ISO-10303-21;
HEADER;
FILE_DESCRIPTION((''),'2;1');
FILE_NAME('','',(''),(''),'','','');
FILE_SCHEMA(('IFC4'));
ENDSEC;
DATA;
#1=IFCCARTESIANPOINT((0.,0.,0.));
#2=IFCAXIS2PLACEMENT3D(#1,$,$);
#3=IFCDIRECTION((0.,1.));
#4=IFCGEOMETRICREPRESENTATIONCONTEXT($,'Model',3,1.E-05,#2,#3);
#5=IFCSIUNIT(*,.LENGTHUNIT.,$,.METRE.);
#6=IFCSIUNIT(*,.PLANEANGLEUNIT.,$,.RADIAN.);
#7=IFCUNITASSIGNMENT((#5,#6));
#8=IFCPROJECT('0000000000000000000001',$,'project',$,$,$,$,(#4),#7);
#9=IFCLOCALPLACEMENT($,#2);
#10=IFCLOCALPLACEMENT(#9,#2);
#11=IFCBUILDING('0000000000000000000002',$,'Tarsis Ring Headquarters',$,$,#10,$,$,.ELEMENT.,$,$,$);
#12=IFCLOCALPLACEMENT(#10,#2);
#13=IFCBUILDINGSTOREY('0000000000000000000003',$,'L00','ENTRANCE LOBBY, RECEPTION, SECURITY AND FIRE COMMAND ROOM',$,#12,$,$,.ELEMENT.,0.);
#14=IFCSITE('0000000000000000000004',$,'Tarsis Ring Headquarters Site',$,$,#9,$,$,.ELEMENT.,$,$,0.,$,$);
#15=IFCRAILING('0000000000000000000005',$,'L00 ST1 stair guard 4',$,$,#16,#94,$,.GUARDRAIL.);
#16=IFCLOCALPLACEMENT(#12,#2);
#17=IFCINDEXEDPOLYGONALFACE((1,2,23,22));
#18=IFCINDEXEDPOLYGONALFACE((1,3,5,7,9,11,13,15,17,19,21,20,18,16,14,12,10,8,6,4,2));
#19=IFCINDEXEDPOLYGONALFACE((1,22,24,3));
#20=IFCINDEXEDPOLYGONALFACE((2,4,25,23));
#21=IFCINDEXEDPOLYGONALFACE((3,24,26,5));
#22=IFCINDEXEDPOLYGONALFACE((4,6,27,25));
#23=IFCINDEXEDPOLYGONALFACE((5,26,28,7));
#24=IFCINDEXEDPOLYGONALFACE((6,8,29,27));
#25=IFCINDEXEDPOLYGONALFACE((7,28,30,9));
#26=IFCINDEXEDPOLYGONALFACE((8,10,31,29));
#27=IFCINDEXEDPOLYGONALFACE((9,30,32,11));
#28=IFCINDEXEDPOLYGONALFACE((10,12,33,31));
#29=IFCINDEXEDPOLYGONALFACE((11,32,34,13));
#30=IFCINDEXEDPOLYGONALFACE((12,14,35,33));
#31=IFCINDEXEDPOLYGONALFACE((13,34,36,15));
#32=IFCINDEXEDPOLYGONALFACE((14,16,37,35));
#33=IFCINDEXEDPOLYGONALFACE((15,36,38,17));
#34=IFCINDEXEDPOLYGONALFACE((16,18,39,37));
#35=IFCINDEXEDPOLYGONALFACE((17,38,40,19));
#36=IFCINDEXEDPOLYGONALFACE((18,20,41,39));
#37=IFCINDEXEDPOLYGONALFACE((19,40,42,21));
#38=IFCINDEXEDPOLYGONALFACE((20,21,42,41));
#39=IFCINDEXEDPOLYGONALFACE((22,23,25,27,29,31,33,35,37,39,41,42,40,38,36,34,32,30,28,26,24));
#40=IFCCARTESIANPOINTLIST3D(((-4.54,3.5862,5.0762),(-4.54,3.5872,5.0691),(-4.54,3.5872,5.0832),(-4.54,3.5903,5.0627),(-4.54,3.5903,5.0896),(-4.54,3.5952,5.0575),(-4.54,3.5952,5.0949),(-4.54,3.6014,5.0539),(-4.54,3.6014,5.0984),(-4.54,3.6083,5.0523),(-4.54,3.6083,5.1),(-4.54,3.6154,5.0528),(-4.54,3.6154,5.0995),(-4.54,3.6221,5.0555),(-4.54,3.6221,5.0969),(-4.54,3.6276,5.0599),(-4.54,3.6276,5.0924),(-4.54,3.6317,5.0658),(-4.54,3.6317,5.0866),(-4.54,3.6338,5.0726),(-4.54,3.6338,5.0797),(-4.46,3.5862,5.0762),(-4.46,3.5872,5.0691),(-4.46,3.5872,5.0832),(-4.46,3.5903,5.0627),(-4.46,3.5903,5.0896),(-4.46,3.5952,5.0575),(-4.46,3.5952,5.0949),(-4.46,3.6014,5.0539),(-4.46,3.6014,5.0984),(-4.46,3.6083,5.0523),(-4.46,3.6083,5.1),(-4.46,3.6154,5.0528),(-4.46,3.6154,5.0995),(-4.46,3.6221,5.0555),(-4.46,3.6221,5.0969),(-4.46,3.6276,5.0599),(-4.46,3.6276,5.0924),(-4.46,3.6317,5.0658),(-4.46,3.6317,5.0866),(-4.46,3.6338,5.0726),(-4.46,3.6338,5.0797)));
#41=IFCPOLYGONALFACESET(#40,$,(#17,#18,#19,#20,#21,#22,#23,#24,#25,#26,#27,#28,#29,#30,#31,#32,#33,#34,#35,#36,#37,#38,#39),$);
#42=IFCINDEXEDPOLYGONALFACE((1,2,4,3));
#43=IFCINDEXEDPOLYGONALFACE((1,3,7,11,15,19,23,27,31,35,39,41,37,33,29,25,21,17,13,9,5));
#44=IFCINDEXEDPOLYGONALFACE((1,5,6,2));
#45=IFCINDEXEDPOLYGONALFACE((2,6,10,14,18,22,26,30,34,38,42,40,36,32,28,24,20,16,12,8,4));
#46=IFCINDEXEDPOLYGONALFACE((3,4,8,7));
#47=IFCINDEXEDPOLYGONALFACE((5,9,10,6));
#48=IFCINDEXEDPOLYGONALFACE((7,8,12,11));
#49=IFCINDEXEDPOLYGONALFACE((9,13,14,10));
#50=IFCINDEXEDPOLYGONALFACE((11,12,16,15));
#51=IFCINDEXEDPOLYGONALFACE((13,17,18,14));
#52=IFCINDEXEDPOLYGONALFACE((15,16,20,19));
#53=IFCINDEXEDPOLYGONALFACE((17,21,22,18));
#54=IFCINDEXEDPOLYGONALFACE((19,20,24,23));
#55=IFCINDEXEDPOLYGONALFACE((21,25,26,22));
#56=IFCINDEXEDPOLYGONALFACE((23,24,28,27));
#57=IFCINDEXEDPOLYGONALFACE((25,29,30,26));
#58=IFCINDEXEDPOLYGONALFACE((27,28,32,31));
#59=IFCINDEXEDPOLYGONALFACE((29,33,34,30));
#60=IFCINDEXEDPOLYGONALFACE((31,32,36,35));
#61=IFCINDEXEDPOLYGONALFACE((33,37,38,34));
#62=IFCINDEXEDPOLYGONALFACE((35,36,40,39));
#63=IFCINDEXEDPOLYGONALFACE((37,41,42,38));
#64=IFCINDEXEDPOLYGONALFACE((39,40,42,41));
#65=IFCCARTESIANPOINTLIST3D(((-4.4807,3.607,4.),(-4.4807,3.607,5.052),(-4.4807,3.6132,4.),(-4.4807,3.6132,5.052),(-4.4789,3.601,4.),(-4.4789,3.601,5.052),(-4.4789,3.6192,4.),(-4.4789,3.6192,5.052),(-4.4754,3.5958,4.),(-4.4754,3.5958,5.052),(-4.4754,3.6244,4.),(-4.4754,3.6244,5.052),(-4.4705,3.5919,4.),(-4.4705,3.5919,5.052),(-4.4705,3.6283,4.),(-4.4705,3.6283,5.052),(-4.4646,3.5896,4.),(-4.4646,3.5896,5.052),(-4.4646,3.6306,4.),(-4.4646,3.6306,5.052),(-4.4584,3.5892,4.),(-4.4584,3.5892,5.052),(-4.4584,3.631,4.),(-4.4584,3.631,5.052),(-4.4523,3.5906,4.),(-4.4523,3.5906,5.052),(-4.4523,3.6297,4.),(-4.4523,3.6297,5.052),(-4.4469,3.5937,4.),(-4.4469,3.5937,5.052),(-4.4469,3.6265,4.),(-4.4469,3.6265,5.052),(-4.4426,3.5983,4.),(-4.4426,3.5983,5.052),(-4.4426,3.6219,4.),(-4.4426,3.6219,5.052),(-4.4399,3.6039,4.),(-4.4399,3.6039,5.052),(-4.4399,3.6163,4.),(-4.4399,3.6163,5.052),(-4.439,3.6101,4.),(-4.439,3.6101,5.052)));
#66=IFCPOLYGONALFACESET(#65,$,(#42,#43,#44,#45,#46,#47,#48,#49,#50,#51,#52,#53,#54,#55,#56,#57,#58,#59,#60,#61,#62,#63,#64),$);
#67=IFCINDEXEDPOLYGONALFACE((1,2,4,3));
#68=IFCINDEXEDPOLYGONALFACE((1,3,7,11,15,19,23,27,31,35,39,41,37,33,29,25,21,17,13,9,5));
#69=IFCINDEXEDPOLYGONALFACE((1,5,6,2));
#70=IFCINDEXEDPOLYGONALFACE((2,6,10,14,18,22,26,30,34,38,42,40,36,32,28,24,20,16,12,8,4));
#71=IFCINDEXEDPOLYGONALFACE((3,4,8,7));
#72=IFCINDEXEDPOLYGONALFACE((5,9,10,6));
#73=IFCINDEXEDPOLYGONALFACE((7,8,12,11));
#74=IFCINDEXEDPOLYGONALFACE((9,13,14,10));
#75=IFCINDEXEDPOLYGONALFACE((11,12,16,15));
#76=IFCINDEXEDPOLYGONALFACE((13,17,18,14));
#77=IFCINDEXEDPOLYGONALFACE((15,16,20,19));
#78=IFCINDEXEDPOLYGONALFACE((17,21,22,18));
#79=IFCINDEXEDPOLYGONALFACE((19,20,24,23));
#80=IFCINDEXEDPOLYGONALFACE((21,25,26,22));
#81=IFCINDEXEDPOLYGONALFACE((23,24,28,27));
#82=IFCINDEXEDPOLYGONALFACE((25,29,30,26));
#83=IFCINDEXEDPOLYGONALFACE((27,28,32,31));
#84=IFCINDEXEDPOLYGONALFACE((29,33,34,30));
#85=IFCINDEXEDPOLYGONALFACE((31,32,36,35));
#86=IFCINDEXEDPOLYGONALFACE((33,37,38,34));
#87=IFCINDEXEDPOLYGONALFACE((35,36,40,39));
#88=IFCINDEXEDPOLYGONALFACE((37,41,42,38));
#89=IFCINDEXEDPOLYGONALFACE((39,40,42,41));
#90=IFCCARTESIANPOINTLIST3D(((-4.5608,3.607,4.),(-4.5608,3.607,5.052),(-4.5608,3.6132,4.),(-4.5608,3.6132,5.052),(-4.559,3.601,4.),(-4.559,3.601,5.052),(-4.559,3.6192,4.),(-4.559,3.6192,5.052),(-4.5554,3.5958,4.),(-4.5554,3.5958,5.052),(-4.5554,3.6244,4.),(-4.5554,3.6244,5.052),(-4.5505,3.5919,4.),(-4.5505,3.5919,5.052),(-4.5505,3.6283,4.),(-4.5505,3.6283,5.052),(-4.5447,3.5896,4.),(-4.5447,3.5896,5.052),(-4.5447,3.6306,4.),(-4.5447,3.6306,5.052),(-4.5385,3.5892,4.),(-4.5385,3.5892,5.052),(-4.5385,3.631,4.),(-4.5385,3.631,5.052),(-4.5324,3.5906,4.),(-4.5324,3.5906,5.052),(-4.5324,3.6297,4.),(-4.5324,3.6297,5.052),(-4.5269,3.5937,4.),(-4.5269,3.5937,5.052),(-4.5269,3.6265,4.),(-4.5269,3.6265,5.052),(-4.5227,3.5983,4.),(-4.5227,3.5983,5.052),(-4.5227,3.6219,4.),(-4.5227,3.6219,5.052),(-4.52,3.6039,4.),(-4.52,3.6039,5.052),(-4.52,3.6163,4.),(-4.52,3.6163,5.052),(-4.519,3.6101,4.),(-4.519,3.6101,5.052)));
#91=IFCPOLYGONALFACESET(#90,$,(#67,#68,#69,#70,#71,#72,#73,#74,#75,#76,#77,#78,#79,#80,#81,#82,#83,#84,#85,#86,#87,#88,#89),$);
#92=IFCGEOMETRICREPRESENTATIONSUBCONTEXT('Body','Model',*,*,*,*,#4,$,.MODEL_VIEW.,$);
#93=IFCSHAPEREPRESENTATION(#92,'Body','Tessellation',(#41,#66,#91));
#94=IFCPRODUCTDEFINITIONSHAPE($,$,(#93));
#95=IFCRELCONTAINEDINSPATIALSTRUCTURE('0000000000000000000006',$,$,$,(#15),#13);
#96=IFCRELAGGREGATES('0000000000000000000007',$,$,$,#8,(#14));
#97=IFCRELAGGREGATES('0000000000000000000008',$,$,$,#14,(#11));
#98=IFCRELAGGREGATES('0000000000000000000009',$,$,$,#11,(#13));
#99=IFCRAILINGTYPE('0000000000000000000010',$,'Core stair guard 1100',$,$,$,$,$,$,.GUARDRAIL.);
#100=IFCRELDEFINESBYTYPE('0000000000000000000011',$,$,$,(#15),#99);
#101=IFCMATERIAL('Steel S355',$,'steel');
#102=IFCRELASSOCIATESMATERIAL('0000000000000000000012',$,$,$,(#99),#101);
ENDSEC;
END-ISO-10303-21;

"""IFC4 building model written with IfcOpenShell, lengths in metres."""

from ifc_helpers import new_model, si_unit, direction, frame, origin, origin_2d, place, context, subcontext, project, spatial, circle, extrude, material, type_object, element, save


model = new_model("IFC4")

# Units and contexts
model_context = context("Model", 3, precision=1e-05, world=origin(), true_north=direction((0.0, 1.0)))
body_context = subcontext(model_context, "Body", "Model", "MODEL_VIEW")
ifc_project = project(units=[si_unit("LENGTHUNIT", "METRE"), si_unit("PLANEANGLEUNIT", "RADIAN")], contexts=[model_context])

# Site, building, storey
site_placement = place(None, origin())
site = spatial("IfcSite", under=ifc_project, at=site_placement, Name="Tarsis Ring Headquarters Site", CompositionType="ELEMENT", RefElevation=0.0)
building_placement = place(site_placement, origin())
building = spatial("IfcBuilding", under=site, at=building_placement, Name="Tarsis Ring Headquarters", CompositionType="ELEMENT")
storey_placement = place(building_placement, origin())
storey = spatial("IfcBuildingStorey", under=building, at=storey_placement, Name="L00", Description="ENTRANCE LOBBY, RECEPTION, SECURITY AND FIRE COMMAND ROOM", CompositionType="ELEMENT", Elevation=0.0)

# Railing
ifc_material = material(Name="Steel S355", Category="steel")
railing_type_1 = type_object("IfcRailingType", Name="Core stair guard 1100", PredefinedType="GUARDRAIL", material=ifc_material)
railing_1_placement = place(storey_placement, frame((-4.46, 3.6101, 4.0)))
element("IfcRailing", 1, at=railing_1_placement, inside=storey, type_object=railing_type_1, Name="L00 ST1 stair guard 4", PredefinedType="GUARDRAIL", context=body_context, shape_type="SweptSolid", body=[
    extrude(circle(Radius=0.0239, at=origin_2d()), frame((0.0, 0.0, 1.0762), z_axis=(-1.0, 0.0, 0.0), x_axis=(0.0, -1.0, 0.0)), (0.0, 0.0, 1.0), 0.0801),
    extrude(circle(Radius=0.021, at=origin_2d()), origin(), (0.0, 0.0, 1.0), 1.052),
    extrude(circle(Radius=0.021, at=origin_2d()), frame((-0.0801, 0.0, 0.0)), (0.0, 0.0, 1.0), 1.052),
])

save(model, "model.ifc")
